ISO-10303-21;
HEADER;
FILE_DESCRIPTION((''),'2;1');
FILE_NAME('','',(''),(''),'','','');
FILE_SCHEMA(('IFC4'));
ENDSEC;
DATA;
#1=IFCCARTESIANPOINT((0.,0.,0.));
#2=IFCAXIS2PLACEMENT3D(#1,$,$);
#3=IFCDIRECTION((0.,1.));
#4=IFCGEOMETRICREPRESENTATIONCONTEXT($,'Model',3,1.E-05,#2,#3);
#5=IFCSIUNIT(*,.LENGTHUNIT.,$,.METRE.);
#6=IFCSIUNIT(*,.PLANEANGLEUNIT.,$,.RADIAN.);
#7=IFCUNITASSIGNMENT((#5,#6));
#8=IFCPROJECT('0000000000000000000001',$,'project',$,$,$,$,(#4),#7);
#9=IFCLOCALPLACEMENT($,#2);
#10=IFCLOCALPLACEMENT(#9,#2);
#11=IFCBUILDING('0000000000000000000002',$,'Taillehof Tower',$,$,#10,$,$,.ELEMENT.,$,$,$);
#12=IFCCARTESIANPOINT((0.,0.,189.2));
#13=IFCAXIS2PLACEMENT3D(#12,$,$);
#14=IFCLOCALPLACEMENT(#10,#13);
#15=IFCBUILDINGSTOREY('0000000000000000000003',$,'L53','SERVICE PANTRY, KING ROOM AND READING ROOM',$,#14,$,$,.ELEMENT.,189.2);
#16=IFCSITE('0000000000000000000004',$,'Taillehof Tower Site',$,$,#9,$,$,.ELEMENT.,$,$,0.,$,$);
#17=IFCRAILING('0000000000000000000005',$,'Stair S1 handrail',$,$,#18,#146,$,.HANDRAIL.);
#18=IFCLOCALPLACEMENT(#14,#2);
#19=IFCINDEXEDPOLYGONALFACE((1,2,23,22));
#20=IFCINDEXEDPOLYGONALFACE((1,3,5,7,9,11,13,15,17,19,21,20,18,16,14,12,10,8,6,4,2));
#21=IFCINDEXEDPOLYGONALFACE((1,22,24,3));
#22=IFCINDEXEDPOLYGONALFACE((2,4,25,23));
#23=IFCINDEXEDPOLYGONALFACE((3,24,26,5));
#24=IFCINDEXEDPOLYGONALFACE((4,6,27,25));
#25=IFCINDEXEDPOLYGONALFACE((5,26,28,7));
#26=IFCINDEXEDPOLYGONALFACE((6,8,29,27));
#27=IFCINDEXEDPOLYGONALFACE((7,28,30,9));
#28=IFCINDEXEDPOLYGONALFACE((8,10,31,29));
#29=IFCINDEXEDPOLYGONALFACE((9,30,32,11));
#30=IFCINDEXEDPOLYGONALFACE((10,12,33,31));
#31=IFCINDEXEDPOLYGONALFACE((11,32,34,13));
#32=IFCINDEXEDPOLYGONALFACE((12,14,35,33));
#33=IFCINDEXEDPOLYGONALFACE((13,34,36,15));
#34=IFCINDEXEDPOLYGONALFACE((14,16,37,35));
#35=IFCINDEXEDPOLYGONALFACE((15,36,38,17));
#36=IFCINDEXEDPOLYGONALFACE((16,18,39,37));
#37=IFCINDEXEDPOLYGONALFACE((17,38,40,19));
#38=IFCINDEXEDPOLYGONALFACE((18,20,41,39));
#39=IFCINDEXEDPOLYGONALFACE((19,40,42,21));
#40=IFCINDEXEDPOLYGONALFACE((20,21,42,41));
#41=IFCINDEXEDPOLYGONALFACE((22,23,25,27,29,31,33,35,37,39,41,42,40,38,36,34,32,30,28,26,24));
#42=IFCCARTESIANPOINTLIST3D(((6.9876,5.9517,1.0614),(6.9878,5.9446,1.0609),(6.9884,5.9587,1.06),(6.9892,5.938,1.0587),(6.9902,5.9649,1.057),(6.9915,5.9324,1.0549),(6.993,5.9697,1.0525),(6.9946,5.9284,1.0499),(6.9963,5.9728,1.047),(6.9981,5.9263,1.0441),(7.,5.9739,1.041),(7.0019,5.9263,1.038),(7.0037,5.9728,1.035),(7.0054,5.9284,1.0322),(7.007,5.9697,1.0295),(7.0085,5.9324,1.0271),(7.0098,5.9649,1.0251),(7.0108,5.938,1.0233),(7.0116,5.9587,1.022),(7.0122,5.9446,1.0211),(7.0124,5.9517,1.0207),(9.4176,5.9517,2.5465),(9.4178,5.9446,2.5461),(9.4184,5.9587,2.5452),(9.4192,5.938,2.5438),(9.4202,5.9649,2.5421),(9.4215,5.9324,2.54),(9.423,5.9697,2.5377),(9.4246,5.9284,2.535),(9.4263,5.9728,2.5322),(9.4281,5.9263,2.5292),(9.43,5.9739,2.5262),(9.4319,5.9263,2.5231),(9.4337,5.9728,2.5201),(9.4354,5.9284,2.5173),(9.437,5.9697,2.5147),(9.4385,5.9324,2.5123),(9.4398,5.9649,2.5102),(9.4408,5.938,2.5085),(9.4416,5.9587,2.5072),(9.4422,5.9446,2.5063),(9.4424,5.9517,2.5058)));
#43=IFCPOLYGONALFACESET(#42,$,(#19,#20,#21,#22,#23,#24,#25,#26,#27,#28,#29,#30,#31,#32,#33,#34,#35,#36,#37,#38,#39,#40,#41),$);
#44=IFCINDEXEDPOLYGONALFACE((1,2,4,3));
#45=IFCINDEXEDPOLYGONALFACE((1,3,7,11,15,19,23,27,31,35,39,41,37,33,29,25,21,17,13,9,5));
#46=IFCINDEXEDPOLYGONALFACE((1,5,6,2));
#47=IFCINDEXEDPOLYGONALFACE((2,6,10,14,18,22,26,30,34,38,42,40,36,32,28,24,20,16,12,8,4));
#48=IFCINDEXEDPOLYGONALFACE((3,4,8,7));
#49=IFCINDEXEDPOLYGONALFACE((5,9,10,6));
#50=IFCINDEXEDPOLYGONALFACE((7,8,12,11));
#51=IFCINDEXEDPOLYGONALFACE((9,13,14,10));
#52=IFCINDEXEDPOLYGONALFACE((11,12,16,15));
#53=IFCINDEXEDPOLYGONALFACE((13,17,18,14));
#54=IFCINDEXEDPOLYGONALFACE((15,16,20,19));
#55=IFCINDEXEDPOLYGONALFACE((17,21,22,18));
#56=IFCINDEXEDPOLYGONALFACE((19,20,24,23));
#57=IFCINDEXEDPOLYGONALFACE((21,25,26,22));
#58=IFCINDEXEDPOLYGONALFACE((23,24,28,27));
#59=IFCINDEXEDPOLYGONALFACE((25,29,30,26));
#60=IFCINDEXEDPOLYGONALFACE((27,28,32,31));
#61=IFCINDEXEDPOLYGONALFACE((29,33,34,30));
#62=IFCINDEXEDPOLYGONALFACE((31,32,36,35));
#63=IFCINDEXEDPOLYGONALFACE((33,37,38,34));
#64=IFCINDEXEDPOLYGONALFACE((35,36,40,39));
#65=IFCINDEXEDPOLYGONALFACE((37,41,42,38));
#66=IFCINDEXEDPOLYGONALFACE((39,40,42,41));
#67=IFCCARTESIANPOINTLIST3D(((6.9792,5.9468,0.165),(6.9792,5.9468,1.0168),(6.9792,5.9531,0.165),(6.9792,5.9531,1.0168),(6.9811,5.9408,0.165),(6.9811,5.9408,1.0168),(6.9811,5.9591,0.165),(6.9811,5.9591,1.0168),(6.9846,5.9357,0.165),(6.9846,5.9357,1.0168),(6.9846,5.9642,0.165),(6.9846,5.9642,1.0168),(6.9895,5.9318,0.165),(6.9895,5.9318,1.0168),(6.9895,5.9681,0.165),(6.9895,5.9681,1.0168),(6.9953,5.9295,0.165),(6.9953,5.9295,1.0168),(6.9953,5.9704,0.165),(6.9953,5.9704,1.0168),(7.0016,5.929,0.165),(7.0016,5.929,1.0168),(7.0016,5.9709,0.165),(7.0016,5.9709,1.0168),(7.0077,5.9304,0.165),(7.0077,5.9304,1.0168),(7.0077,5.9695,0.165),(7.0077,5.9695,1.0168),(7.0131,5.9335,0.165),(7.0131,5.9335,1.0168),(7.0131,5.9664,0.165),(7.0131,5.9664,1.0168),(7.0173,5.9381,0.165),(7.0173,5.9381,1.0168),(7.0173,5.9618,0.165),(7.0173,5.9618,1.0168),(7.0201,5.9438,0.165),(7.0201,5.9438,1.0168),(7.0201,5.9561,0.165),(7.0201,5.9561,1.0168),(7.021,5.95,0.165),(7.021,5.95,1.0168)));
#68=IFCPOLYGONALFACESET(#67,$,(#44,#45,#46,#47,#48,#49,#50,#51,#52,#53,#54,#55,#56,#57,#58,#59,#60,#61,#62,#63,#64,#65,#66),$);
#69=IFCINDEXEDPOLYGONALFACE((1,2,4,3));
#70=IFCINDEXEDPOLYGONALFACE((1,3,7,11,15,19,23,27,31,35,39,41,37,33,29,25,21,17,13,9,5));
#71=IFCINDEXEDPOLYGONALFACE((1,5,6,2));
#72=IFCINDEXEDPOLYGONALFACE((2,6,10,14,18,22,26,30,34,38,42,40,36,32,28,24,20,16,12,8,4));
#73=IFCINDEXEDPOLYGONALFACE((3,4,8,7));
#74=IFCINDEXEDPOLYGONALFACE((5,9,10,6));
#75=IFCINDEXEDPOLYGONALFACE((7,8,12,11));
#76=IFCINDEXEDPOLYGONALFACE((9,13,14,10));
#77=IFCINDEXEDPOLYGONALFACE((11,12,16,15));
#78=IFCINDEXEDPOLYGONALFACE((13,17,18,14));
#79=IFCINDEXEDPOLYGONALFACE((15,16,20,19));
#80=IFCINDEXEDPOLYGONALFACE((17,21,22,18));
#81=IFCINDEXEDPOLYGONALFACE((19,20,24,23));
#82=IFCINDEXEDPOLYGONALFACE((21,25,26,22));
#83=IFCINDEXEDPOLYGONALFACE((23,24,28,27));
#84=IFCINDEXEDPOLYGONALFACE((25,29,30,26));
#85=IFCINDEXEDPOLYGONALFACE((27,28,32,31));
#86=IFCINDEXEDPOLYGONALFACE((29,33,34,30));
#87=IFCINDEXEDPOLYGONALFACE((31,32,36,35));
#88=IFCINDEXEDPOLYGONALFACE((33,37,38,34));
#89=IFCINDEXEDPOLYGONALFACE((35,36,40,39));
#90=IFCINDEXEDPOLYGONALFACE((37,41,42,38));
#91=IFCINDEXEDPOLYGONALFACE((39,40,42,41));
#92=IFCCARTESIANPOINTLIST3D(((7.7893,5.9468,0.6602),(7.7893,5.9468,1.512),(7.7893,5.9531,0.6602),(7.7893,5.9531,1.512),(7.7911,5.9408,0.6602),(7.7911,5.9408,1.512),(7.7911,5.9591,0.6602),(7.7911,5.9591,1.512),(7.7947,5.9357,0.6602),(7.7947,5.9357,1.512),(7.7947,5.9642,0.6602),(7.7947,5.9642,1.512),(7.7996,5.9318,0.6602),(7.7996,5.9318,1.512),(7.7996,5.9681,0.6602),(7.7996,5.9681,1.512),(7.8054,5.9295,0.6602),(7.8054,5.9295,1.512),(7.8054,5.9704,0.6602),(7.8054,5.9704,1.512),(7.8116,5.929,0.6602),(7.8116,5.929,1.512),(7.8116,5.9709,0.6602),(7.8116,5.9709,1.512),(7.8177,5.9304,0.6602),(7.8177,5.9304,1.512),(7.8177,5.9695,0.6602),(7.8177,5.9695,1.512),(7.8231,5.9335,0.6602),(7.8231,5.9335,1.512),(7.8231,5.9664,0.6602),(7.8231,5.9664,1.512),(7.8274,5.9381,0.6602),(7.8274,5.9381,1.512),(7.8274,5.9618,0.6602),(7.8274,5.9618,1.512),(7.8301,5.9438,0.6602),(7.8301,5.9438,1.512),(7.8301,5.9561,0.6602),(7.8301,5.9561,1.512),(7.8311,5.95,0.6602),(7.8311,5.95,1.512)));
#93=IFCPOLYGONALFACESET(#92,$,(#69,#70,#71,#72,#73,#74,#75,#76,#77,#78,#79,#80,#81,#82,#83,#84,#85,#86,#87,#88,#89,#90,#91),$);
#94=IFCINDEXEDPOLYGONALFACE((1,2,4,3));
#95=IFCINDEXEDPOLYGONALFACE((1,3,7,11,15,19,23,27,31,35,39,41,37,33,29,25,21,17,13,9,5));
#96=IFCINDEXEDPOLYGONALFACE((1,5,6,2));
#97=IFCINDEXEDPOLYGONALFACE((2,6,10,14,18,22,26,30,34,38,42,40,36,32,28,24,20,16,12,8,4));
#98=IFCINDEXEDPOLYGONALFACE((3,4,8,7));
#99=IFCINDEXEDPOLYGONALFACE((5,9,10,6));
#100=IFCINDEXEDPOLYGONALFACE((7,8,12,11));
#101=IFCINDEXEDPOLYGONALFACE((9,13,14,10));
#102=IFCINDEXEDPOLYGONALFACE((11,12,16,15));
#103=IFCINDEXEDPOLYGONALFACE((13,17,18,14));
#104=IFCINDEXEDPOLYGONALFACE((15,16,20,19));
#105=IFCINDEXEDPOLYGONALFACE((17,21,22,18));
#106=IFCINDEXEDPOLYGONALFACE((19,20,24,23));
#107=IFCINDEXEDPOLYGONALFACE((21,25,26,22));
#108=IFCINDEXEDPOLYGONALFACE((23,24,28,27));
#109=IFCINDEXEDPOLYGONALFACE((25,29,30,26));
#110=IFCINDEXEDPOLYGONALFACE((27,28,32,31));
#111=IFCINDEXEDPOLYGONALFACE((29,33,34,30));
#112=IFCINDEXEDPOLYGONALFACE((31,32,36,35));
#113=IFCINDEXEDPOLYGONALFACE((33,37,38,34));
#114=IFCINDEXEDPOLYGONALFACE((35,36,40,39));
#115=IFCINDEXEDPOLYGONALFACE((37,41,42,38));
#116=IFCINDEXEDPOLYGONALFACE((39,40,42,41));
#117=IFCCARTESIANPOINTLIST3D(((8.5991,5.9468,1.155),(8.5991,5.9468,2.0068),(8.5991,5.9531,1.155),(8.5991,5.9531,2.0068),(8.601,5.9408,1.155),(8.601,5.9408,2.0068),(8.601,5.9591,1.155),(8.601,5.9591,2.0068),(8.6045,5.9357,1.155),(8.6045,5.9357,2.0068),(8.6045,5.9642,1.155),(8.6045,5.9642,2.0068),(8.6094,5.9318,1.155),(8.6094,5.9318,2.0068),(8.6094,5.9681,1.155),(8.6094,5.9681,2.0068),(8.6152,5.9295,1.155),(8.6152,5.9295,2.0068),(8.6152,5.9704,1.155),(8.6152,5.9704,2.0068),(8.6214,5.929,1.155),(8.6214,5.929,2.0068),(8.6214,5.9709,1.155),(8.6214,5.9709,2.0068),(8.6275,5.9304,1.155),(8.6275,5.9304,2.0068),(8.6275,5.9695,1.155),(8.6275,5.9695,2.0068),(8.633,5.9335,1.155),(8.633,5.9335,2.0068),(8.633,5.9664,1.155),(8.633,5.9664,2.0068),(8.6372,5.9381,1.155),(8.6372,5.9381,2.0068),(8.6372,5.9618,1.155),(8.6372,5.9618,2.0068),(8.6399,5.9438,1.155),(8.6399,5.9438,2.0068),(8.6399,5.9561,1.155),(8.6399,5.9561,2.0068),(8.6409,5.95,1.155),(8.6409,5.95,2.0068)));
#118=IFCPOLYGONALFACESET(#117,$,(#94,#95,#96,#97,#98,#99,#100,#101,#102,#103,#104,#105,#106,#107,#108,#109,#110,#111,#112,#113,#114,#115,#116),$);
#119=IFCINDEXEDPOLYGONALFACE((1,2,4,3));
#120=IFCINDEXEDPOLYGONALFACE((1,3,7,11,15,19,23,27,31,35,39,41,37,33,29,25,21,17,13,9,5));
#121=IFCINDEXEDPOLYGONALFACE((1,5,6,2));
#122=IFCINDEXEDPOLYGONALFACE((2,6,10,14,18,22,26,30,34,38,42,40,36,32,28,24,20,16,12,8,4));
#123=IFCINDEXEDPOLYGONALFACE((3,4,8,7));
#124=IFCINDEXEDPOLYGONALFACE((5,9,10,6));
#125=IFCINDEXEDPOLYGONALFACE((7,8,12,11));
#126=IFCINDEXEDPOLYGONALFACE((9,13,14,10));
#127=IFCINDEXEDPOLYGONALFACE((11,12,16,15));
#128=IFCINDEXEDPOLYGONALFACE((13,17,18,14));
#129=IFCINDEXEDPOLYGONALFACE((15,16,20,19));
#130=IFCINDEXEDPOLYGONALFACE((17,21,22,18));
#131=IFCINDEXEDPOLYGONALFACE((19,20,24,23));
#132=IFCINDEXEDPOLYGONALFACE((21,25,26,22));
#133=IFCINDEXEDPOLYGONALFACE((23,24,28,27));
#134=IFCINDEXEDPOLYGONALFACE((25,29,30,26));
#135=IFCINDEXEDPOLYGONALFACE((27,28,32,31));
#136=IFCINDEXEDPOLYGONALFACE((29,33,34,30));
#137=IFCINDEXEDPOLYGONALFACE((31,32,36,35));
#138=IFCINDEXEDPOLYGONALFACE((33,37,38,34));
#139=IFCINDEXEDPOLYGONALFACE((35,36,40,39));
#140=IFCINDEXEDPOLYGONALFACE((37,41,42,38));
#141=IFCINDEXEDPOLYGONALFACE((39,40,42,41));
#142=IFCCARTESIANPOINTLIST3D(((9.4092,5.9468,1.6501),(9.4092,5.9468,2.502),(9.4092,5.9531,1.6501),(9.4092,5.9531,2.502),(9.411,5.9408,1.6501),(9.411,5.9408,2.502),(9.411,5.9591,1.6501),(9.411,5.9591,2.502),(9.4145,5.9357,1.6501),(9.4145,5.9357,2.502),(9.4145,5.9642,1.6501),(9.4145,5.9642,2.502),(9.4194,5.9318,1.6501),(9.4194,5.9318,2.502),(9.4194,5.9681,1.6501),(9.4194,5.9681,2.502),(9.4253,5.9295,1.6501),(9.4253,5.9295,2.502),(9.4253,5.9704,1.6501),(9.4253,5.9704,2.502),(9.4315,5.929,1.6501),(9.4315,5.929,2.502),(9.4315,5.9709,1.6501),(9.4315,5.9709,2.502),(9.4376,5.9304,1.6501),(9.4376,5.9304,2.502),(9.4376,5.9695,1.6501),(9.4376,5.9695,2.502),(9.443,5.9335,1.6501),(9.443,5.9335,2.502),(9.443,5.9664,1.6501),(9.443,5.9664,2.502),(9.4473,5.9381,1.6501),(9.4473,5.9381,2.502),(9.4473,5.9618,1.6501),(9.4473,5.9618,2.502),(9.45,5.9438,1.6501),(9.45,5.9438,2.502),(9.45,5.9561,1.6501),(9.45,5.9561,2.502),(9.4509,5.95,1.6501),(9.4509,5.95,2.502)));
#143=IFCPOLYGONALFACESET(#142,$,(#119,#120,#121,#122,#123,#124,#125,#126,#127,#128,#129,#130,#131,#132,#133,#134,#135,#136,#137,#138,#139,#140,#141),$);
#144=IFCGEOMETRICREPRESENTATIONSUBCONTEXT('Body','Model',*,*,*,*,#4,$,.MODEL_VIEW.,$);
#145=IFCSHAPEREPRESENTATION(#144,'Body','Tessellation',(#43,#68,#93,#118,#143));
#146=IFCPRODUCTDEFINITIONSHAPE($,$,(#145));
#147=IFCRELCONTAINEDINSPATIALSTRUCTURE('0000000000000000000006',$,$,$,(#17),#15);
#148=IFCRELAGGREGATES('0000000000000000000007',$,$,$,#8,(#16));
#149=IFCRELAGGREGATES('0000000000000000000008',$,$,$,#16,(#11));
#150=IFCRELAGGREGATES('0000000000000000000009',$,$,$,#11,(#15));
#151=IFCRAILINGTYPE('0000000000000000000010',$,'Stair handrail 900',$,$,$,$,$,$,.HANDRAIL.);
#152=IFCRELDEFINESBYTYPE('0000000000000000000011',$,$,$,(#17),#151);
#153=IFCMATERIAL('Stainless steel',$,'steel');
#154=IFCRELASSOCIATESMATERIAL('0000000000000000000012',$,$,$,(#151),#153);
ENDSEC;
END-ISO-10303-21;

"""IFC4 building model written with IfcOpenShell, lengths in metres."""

from ifc_helpers import new_model, si_unit, direction, frame, origin, origin_2d, place, context, subcontext, project, spatial, circle, extrude, material, type_object, element, save


model = new_model("IFC4")

# Units and contexts
model_context = context("Model", 3, precision=1e-05, world=origin(), true_north=direction((0.0, 1.0)))
body_context = subcontext(model_context, "Body", "Model", "MODEL_VIEW")
ifc_project = project(units=[si_unit("LENGTHUNIT", "METRE"), si_unit("PLANEANGLEUNIT", "RADIAN")], contexts=[model_context])

# Site, building, storey
site_placement = place(None, origin())
site = spatial("IfcSite", under=ifc_project, at=site_placement, Name="Taillehof Tower Site", CompositionType="ELEMENT", RefElevation=0.0)
building_placement = place(site_placement, origin())
building = spatial("IfcBuilding", under=site, at=building_placement, Name="Taillehof Tower", CompositionType="ELEMENT")
storey_placement = place(building_placement, frame((0.0, 0.0, 189.2)))
storey = spatial("IfcBuildingStorey", under=building, at=storey_placement, Name="L53", Description="SERVICE PANTRY, KING ROOM AND READING ROOM", CompositionType="ELEMENT", Elevation=189.2)

# Railing
ifc_material_1 = material(Name="Stainless steel", Category="steel")
railing_type = type_object("IfcRailingType", Name="Stair handrail 900", PredefinedType="HANDRAIL", material=ifc_material_1)
railing_1_placement = place(storey_placement, frame((7.0, 5.95, 0.165)))
element("IfcRailing", 1, at=railing_1_placement, inside=storey, type_object=railing_type, Name="Stair S1 handrail", PredefinedType="HANDRAIL", context=body_context, shape_type="SweptSolid", body=[
    extrude(circle(Radius=0.0239, at=origin_2d()), frame((0.0, 0.0, 0.876), z_axis=(0.853259, 0.0, 0.521488), x_axis=(0.0, 1.0, 0.0)), (0.0, 0.0, 1.0), 2.8479),
    extrude(circle(Radius=0.021, at=origin_2d()), origin(), (0.0, 0.0, 1.0), 0.8518),
    extrude(circle(Radius=0.021, at=origin_2d()), frame((0.8101, 0.0, 0.4951)), (0.0, 0.0, 1.0), 0.8518),
    extrude(circle(Radius=0.021, at=origin_2d()), frame((1.6199, 0.0, 0.99)), (0.0, 0.0, 1.0), 0.8518),
    extrude(circle(Radius=0.021, at=origin_2d()), frame((2.4299, 0.0, 1.4851)), (0.0, 0.0, 1.0), 0.8518),
])

save(model, "model.ifc")
